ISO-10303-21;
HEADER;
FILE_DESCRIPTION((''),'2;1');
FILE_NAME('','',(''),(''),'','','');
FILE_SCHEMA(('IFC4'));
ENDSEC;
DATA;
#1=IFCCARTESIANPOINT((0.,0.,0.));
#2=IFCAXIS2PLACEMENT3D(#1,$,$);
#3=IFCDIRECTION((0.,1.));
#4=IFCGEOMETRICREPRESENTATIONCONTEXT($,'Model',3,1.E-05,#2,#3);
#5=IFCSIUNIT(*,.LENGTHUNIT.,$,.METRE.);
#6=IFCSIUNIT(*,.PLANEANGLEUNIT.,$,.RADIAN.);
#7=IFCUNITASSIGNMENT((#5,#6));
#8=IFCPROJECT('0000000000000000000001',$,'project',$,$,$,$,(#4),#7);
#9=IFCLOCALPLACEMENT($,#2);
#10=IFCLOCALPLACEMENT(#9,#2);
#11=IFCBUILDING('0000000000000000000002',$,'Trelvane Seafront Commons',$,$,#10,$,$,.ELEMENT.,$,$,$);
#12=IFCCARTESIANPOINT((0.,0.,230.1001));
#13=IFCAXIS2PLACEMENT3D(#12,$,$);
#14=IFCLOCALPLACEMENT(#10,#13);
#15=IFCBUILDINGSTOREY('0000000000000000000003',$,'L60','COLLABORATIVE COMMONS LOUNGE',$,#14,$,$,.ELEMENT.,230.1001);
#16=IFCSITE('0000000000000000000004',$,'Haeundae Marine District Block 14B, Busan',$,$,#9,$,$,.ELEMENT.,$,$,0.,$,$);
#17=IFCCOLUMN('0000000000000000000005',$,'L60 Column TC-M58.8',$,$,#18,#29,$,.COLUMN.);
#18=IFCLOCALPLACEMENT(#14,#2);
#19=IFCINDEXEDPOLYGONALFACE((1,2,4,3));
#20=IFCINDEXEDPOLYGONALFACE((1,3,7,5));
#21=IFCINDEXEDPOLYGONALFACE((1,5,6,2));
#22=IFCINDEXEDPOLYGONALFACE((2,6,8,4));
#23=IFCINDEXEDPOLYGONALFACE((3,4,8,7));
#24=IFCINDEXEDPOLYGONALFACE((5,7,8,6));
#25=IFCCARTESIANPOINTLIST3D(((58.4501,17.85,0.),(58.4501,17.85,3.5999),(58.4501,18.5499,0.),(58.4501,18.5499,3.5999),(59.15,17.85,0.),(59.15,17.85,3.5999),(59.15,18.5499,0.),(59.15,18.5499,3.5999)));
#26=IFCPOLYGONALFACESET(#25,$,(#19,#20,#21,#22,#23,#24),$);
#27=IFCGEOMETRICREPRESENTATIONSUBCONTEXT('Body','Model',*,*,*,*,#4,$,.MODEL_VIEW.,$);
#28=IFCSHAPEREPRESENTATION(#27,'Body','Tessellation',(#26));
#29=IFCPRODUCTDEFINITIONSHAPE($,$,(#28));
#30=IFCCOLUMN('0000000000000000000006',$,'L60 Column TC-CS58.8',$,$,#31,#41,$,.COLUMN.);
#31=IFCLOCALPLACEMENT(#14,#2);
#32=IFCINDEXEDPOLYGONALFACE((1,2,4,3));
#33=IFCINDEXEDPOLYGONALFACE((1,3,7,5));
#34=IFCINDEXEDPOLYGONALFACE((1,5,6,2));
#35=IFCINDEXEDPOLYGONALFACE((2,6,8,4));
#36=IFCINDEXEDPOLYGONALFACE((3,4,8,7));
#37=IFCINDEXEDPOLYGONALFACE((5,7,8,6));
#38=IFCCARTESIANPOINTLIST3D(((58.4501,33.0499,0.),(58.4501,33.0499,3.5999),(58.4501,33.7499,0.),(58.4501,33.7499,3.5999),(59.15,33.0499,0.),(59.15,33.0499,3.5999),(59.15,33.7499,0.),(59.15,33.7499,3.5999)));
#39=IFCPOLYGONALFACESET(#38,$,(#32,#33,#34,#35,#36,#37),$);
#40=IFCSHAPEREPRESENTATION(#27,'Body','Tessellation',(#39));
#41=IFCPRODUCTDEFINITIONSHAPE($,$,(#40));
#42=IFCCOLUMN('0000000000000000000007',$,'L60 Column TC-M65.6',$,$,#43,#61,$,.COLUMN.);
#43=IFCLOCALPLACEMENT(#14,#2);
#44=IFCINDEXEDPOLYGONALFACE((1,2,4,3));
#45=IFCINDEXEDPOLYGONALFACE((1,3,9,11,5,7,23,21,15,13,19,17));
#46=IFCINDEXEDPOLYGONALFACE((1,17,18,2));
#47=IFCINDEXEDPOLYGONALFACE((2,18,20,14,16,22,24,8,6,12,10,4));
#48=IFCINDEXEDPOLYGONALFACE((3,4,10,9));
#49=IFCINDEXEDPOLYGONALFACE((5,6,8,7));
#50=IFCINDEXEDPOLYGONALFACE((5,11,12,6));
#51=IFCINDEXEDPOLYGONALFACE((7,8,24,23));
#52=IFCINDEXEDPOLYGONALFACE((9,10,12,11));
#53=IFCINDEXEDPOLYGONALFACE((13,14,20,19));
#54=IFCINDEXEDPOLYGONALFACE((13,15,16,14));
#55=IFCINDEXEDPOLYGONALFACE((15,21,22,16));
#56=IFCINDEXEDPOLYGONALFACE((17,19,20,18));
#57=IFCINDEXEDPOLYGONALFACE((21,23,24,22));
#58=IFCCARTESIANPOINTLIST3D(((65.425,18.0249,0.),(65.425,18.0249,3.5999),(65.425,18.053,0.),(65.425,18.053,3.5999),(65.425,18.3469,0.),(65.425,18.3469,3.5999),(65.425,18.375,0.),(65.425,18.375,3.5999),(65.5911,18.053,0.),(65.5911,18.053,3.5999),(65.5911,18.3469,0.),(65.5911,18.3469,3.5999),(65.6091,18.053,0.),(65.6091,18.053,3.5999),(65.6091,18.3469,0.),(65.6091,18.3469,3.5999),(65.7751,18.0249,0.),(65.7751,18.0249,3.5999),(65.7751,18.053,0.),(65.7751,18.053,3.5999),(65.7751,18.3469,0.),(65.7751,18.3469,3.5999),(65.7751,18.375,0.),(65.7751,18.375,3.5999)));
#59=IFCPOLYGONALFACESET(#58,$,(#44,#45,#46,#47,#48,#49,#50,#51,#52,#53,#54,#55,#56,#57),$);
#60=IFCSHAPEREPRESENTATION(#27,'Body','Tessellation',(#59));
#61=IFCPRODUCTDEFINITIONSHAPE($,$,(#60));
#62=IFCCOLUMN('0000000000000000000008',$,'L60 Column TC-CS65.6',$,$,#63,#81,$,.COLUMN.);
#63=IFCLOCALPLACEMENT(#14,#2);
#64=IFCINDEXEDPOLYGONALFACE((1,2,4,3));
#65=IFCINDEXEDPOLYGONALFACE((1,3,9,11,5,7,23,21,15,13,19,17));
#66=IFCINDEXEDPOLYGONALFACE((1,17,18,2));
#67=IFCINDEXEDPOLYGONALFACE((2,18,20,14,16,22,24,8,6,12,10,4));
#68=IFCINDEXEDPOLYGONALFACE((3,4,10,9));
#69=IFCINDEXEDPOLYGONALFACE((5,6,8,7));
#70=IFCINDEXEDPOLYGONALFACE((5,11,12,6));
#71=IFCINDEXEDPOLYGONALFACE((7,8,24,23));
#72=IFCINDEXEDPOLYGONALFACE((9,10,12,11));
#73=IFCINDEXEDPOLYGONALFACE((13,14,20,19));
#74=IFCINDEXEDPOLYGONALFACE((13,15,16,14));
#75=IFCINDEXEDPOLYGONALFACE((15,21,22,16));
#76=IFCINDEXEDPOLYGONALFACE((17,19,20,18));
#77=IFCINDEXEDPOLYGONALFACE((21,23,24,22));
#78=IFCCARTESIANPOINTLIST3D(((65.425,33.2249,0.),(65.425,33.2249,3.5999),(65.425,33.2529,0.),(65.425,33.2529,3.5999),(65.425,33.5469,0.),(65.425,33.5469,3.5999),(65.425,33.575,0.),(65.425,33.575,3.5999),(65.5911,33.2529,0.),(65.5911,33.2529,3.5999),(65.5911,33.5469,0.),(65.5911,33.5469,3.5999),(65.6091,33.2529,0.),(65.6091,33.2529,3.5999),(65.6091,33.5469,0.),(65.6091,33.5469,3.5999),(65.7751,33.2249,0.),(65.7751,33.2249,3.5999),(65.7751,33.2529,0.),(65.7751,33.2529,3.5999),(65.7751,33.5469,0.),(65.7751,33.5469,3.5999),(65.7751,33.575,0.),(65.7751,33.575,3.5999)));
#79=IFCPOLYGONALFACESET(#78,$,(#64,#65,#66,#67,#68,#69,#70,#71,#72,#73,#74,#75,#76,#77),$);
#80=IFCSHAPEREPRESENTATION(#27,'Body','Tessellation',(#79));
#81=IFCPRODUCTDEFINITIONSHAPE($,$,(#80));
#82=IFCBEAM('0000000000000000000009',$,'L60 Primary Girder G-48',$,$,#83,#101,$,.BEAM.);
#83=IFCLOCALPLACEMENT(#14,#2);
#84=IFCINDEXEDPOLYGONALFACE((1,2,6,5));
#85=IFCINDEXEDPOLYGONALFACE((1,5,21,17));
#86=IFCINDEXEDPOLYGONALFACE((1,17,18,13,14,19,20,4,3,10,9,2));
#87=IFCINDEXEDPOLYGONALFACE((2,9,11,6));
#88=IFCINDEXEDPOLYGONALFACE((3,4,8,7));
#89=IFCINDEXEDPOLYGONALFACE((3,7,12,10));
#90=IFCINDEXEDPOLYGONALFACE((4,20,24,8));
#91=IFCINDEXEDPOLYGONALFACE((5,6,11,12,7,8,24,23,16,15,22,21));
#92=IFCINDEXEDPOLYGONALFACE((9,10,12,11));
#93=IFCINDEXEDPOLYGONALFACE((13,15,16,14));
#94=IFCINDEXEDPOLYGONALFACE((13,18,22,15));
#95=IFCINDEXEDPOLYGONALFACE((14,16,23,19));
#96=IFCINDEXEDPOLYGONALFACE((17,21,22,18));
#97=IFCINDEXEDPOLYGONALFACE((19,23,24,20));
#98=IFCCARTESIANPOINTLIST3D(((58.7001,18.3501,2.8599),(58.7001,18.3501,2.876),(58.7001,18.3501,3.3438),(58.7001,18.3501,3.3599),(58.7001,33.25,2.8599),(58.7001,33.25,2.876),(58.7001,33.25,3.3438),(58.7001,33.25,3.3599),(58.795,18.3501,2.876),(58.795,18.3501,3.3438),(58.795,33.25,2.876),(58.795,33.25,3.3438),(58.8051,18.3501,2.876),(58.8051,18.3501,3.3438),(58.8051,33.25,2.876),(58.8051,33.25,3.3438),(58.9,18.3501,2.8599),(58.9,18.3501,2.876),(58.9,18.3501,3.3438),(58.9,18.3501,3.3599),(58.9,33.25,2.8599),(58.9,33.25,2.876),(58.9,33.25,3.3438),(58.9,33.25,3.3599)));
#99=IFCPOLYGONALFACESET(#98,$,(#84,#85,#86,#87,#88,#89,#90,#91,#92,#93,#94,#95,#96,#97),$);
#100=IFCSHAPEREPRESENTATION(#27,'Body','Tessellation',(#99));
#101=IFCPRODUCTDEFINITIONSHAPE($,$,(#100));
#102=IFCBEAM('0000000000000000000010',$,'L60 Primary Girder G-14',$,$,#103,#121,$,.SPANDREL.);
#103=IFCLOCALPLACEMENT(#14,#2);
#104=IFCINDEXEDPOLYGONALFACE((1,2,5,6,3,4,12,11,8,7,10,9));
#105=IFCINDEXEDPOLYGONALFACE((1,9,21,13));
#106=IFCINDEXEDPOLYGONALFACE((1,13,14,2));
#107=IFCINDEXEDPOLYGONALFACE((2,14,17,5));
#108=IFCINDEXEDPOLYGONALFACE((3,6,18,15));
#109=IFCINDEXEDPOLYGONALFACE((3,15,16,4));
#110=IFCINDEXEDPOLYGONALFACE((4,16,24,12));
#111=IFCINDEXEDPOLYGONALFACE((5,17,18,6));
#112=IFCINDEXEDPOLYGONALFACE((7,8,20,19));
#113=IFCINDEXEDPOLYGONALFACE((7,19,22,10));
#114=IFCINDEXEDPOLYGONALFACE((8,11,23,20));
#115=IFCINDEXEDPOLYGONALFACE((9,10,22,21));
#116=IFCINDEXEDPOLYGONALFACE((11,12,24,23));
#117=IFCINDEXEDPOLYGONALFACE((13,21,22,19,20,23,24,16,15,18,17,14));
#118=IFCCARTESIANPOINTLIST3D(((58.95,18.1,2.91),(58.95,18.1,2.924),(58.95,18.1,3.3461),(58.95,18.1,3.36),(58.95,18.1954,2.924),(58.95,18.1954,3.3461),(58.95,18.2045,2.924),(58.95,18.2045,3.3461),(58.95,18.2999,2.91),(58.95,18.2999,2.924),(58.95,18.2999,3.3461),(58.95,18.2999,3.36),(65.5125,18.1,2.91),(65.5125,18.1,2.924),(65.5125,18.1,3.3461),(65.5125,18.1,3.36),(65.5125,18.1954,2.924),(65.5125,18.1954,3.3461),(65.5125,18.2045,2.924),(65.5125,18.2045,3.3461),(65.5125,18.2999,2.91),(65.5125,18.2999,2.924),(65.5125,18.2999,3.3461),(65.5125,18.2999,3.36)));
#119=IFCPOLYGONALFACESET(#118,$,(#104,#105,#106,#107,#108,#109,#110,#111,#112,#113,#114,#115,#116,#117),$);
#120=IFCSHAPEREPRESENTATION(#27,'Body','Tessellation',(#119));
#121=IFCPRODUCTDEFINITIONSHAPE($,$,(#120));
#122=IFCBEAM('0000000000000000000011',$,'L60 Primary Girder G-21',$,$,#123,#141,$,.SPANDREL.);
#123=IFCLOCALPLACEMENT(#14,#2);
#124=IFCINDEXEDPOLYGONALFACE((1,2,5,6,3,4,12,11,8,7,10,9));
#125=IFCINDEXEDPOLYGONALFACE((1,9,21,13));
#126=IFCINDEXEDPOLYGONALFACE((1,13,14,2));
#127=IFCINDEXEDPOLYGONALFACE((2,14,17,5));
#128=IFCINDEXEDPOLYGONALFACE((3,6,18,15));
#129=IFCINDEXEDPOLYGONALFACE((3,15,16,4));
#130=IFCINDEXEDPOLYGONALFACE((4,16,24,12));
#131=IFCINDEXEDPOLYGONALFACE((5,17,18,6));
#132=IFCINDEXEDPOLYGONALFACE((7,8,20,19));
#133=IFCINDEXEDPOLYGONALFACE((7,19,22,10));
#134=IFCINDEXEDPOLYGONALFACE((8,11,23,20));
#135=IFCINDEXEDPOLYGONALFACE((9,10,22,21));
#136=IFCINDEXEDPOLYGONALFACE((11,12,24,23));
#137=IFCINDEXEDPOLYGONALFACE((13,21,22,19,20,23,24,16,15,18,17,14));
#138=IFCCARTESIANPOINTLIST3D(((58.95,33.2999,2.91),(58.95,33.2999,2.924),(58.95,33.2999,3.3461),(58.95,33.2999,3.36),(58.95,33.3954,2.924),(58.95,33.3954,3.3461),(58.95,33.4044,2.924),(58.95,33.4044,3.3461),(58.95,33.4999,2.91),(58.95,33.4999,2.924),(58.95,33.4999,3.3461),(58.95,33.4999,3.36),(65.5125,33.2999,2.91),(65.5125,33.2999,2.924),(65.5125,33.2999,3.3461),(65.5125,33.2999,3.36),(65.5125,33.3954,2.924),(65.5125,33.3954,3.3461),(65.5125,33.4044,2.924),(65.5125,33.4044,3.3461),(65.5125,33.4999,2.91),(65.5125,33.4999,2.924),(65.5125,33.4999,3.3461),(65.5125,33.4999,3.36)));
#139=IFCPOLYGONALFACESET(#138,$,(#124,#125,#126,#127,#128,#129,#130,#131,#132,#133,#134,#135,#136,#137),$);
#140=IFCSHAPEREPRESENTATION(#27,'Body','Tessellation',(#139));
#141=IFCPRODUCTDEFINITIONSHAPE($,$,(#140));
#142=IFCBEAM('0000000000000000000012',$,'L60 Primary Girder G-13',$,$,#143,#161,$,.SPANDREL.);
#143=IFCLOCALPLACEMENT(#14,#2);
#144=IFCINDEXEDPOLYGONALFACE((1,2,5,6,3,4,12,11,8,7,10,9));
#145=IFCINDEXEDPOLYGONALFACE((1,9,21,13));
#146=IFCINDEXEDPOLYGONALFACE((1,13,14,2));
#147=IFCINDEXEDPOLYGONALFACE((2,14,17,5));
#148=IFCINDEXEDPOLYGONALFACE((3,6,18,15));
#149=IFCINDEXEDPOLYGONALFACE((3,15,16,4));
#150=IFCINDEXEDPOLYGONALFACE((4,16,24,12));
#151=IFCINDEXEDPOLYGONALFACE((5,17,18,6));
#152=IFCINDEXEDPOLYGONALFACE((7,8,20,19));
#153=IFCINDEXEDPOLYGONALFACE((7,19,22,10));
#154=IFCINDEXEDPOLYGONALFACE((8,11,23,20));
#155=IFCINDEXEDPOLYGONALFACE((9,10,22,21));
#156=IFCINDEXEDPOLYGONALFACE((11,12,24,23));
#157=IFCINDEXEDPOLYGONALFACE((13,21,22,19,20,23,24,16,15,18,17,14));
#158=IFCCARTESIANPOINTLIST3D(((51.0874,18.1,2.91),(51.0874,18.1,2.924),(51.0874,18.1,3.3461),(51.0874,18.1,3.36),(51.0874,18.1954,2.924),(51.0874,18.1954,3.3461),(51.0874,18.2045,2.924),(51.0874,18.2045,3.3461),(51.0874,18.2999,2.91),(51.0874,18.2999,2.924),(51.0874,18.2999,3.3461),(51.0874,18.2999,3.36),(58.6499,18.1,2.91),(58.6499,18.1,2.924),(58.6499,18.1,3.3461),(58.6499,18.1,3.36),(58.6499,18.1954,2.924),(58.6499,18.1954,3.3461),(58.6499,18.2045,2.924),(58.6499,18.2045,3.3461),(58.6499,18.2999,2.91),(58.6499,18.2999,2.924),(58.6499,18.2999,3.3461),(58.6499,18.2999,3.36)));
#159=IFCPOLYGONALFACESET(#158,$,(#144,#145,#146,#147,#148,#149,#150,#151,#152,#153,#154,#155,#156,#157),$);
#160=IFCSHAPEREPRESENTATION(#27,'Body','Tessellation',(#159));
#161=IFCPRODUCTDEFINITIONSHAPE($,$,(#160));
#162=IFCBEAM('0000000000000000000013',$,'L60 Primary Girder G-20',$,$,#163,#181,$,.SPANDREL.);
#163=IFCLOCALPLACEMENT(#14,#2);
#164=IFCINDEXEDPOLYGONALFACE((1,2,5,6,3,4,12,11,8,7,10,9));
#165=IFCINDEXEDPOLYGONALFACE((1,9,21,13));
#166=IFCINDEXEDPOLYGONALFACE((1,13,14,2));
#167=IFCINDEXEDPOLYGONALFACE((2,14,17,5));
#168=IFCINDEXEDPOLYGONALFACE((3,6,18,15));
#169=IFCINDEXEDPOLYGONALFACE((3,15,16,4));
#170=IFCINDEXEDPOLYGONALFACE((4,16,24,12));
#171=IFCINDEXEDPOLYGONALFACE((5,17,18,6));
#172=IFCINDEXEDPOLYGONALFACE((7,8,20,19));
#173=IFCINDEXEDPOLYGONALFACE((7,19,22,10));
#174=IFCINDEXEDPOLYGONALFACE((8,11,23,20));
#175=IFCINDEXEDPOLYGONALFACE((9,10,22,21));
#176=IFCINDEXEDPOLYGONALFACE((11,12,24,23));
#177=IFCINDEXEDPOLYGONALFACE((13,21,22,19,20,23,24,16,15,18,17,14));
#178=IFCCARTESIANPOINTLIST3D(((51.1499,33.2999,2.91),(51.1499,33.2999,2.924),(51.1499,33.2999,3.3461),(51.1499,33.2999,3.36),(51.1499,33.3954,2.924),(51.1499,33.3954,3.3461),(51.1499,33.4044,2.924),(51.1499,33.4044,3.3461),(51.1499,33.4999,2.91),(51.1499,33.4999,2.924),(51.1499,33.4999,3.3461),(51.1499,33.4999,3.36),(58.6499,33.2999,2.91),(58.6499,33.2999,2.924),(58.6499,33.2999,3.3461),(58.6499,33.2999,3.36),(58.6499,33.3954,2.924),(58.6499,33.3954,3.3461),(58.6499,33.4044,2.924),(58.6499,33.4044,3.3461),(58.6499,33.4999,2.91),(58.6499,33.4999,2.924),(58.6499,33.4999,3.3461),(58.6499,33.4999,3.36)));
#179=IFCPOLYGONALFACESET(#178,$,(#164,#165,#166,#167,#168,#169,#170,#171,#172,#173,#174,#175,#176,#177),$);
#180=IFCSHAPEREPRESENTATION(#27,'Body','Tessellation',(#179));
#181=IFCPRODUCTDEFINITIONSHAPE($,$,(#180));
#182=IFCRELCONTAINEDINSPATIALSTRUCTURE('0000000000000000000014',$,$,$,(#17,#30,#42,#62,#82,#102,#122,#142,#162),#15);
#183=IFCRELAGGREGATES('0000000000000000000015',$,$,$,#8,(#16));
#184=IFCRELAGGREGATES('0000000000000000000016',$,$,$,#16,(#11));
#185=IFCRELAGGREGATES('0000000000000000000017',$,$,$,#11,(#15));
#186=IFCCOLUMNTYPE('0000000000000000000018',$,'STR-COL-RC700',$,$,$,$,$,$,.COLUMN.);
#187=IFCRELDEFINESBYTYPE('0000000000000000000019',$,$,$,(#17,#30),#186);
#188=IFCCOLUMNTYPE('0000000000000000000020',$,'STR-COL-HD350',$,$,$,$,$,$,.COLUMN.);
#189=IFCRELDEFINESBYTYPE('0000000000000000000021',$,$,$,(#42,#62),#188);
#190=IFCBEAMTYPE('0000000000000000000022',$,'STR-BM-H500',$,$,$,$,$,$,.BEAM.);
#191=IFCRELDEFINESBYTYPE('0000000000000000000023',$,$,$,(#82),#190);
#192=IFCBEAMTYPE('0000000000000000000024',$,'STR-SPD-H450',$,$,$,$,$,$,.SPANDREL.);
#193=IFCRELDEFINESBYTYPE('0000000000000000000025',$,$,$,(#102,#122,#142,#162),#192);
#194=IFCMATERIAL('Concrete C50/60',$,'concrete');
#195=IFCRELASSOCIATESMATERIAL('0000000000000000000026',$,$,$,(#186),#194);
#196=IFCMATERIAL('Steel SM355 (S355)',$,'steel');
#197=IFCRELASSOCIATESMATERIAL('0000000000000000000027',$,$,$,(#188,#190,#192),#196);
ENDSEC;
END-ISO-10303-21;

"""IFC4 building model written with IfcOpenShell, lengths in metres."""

from ifc_helpers import new_model, si_unit, direction, frame, origin, origin_2d, place, context, subcontext, project, spatial, rectangle, i_section, extrude, source, transform, mapped, material, material_profile, profile_set, type_object, element, save


model = new_model("IFC4")

# Units and contexts
model_context = context("Model", 3, precision=1e-05, world=origin(), true_north=direction((0.0, 1.0)))
body_context = subcontext(model_context, "Body", "Model", "MODEL_VIEW")
ifc_project = project(units=[si_unit("LENGTHUNIT", "METRE"), si_unit("PLANEANGLEUNIT", "RADIAN")], contexts=[model_context])

# Site, building, storey
site_placement = place(None, origin())
site = spatial("IfcSite", under=ifc_project, at=site_placement, Name="Haeundae Marine District Block 14B, Busan", CompositionType="ELEMENT", RefElevation=0.0)
building_placement = place(site_placement, origin())
building = spatial("IfcBuilding", under=site, at=building_placement, Name="Trelvane Seafront Commons", CompositionType="ELEMENT")
storey_placement = place(building_placement, frame((0.0, 0.0, 230.1001)))
storey = spatial("IfcBuildingStorey", under=building, at=storey_placement, Name="L60", Description="COLLABORATIVE COMMONS LOUNGE", CompositionType="ELEMENT", Elevation=230.1001)

# Columns
ifc_material_1 = material(Name="Concrete C50/60", Category="concrete")
ifc_material_profile_1 = material_profile(ifc_material_1, rectangle(XDim=0.7, YDim=0.7, at=origin_2d()), Name="RC-700x700")
ifc_profile_set_1 = profile_set([ifc_material_profile_1], Name="Concrete C50/60")
column_type_1 = type_object("IfcColumnType", Name="STR-COL-RC700", PredefinedType="COLUMN", material=ifc_profile_set_1)
shared_shape_1 = source(origin(), body_context, "Body", "SweptSolid", [
    extrude(rectangle(XDim=0.7, YDim=0.7, at=origin_2d()), origin(), (0.0, 0.0, 1.0), 3.5999),
])
for number, where, z_axis, x_axis, name in (
    (1, (58.8, 18.2, 0.0), (0.0, 0.0, 1.0), (1.0, 0.0, 0.0), "L60 Column TC-M58.8"),
    (2, (58.8, 33.3999, 0.0), (0.0, 0.0, 1.0), (1.0, 0.0, 0.0), "L60 Column TC-CS58.8"),
):
    element("IfcColumn", number, at=place(storey_placement, frame(where, z_axis=z_axis, x_axis=x_axis)), inside=storey, type_object=column_type_1, Name=name, PredefinedType="COLUMN", context=body_context, shape_type="MappedRepresentation", body=[
        mapped(shared_shape_1, transform((0.0, 0.0, 0.0), x_axis=(1.0, 0.0, 0.0), y_axis=(0.0, 1.0, 0.0), z_axis=(0.0, 0.0, 1.0), scale=1.0)),
    ])
ifc_material_2 = material(Name="Steel SM355 (S355)", Category="steel")
ifc_material_profile_2 = material_profile(ifc_material_2, i_section(OverallWidth=0.3501, OverallDepth=0.3501, WebThickness=0.0181, FlangeThickness=0.0281, at=origin_2d()), Name="HD-350x350x18x28")
ifc_profile_set_2 = profile_set([ifc_material_profile_2], Name="Steel SM355 (S355)")
column_type_2 = type_object("IfcColumnType", Name="STR-COL-HD350", PredefinedType="COLUMN", material=ifc_profile_set_2)
shared_shape_2 = source(origin(), body_context, "Body", "SweptSolid", [
    extrude(i_section(OverallWidth=0.3501, OverallDepth=0.3501, WebThickness=0.0181, FlangeThickness=0.0281, at=origin_2d()), origin(), (0.0, 0.0, 1.0), 3.5999),
])
for number, where, z_axis, x_axis, name in (
    (3, (65.6001, 18.2, 0.0), (0.0, 0.0, 1.0), (1.0, 0.0, 0.0), "L60 Column TC-M65.6"),
    (4, (65.6001, 33.3999, 0.0), (0.0, 0.0, 1.0), (1.0, 0.0, 0.0), "L60 Column TC-CS65.6"),
):
    element("IfcColumn", number, at=place(storey_placement, frame(where, z_axis=z_axis, x_axis=x_axis)), inside=storey, type_object=column_type_2, Name=name, PredefinedType="COLUMN", context=body_context, shape_type="MappedRepresentation", body=[
        mapped(shared_shape_2, transform((0.0, 0.0, 0.0), x_axis=(1.0, 0.0, 0.0), y_axis=(0.0, 1.0, 0.0), z_axis=(0.0, 0.0, 1.0), scale=1.0)),
    ])

# Beams
ifc_material_profile_3 = material_profile(ifc_material_2, i_section(OverallWidth=0.2, OverallDepth=0.5, WebThickness=0.01, FlangeThickness=0.0161, at=origin_2d()), Name="H-500x200x10x16")
ifc_profile_set_3 = profile_set([ifc_material_profile_3], Name="Steel SM355 (S355)")
beam_type_1 = type_object("IfcBeamType", Name="STR-BM-H500", PredefinedType="BEAM", material=ifc_profile_set_3)
shared_shape_3 = source(origin(), body_context, "Body", "SweptSolid", [
    extrude(i_section(OverallWidth=0.2, OverallDepth=0.5, WebThickness=0.01, FlangeThickness=0.0161, at=origin_2d()), origin(), (0.0, 0.0, 1.0), 14.8999),
])
beam_1_placement = place(storey_placement, frame((58.8, 18.3501, 3.1099), z_axis=(0.0, 1.0, 0.0), x_axis=(-1.0, 0.0, 0.0)))
element("IfcBeam", 5, at=beam_1_placement, inside=storey, type_object=beam_type_1, Name="L60 Primary Girder G-48", PredefinedType="BEAM", context=body_context, shape_type="MappedRepresentation", body=[
    mapped(shared_shape_3, transform((0.0, 0.0, 0.0), x_axis=(1.0, 0.0, 0.0), y_axis=(0.0, 1.0, 0.0), z_axis=(0.0, 0.0, 1.0), scale=1.0)),
])
ifc_material_profile_4 = material_profile(ifc_material_2, i_section(OverallWidth=0.2, OverallDepth=0.45, WebThickness=0.009, FlangeThickness=0.0139, at=origin_2d()), Name="H-450x200x9x14")
ifc_profile_set_4 = profile_set([ifc_material_profile_4], Name="Steel SM355 (S355)")
beam_type_2 = type_object("IfcBeamType", Name="STR-SPD-H450", PredefinedType="SPANDREL", material=ifc_profile_set_4)
shared_shape_4 = source(origin(), body_context, "Body", "SweptSolid", [
    extrude(i_section(OverallWidth=0.2, OverallDepth=0.45, WebThickness=0.009, FlangeThickness=0.0139, at=origin_2d()), origin(), (0.0, 0.0, 1.0), 6.5625),
])
for number, where, z_axis, x_axis, name in (
    (6, (58.95, 18.2, 3.135), (1.0, 0.0, 0.0), (0.0, 1.0, 0.0), "L60 Primary Girder G-14"),
    (7, (58.95, 33.3999, 3.135), (1.0, 0.0, 0.0), (0.0, 1.0, 0.0), "L60 Primary Girder G-21"),
):
    element("IfcBeam", number, at=place(storey_placement, frame(where, z_axis=z_axis, x_axis=x_axis)), inside=storey, type_object=beam_type_2, Name=name, PredefinedType="SPANDREL", context=body_context, shape_type="MappedRepresentation", body=[
        mapped(shared_shape_4, transform((0.0, 0.0, 0.0), x_axis=(1.0, 0.0, 0.0), y_axis=(0.0, 1.0, 0.0), z_axis=(0.0, 0.0, 1.0), scale=1.0)),
    ])
shared_shape_5 = source(origin(), body_context, "Body", "SweptSolid", [
    extrude(i_section(OverallWidth=0.2, OverallDepth=0.45, WebThickness=0.009, FlangeThickness=0.0139, at=origin_2d()), origin(), (0.0, 0.0, 1.0), 7.5625),
])
beam_2_placement = place(storey_placement, frame((51.0874, 18.2, 3.135), z_axis=(1.0, 0.0, 0.0), x_axis=(0.0, 1.0, 0.0)))
element("IfcBeam", 8, at=beam_2_placement, inside=storey, type_object=beam_type_2, Name="L60 Primary Girder G-13", PredefinedType="SPANDREL", context=body_context, shape_type="MappedRepresentation", body=[
    mapped(shared_shape_5, transform((0.0, 0.0, 0.0), x_axis=(1.0, 0.0, 0.0), y_axis=(0.0, 1.0, 0.0), z_axis=(0.0, 0.0, 1.0), scale=1.0)),
])
shared_shape_6 = source(origin(), body_context, "Body", "SweptSolid", [
    extrude(i_section(OverallWidth=0.2, OverallDepth=0.45, WebThickness=0.009, FlangeThickness=0.0139, at=origin_2d()), origin(), (0.0, 0.0, 1.0), 7.5),
])
beam_3_placement = place(storey_placement, frame((51.1499, 33.3999, 3.135), z_axis=(1.0, 0.0, 0.0), x_axis=(0.0, 1.0, 0.0)))
element("IfcBeam", 9, at=beam_3_placement, inside=storey, type_object=beam_type_2, Name="L60 Primary Girder G-20", PredefinedType="SPANDREL", context=body_context, shape_type="MappedRepresentation", body=[
    mapped(shared_shape_6, transform((0.0, 0.0, 0.0), x_axis=(1.0, 0.0, 0.0), y_axis=(0.0, 1.0, 0.0), z_axis=(0.0, 0.0, 1.0), scale=1.0)),
])

save(model, "model.ifc")
